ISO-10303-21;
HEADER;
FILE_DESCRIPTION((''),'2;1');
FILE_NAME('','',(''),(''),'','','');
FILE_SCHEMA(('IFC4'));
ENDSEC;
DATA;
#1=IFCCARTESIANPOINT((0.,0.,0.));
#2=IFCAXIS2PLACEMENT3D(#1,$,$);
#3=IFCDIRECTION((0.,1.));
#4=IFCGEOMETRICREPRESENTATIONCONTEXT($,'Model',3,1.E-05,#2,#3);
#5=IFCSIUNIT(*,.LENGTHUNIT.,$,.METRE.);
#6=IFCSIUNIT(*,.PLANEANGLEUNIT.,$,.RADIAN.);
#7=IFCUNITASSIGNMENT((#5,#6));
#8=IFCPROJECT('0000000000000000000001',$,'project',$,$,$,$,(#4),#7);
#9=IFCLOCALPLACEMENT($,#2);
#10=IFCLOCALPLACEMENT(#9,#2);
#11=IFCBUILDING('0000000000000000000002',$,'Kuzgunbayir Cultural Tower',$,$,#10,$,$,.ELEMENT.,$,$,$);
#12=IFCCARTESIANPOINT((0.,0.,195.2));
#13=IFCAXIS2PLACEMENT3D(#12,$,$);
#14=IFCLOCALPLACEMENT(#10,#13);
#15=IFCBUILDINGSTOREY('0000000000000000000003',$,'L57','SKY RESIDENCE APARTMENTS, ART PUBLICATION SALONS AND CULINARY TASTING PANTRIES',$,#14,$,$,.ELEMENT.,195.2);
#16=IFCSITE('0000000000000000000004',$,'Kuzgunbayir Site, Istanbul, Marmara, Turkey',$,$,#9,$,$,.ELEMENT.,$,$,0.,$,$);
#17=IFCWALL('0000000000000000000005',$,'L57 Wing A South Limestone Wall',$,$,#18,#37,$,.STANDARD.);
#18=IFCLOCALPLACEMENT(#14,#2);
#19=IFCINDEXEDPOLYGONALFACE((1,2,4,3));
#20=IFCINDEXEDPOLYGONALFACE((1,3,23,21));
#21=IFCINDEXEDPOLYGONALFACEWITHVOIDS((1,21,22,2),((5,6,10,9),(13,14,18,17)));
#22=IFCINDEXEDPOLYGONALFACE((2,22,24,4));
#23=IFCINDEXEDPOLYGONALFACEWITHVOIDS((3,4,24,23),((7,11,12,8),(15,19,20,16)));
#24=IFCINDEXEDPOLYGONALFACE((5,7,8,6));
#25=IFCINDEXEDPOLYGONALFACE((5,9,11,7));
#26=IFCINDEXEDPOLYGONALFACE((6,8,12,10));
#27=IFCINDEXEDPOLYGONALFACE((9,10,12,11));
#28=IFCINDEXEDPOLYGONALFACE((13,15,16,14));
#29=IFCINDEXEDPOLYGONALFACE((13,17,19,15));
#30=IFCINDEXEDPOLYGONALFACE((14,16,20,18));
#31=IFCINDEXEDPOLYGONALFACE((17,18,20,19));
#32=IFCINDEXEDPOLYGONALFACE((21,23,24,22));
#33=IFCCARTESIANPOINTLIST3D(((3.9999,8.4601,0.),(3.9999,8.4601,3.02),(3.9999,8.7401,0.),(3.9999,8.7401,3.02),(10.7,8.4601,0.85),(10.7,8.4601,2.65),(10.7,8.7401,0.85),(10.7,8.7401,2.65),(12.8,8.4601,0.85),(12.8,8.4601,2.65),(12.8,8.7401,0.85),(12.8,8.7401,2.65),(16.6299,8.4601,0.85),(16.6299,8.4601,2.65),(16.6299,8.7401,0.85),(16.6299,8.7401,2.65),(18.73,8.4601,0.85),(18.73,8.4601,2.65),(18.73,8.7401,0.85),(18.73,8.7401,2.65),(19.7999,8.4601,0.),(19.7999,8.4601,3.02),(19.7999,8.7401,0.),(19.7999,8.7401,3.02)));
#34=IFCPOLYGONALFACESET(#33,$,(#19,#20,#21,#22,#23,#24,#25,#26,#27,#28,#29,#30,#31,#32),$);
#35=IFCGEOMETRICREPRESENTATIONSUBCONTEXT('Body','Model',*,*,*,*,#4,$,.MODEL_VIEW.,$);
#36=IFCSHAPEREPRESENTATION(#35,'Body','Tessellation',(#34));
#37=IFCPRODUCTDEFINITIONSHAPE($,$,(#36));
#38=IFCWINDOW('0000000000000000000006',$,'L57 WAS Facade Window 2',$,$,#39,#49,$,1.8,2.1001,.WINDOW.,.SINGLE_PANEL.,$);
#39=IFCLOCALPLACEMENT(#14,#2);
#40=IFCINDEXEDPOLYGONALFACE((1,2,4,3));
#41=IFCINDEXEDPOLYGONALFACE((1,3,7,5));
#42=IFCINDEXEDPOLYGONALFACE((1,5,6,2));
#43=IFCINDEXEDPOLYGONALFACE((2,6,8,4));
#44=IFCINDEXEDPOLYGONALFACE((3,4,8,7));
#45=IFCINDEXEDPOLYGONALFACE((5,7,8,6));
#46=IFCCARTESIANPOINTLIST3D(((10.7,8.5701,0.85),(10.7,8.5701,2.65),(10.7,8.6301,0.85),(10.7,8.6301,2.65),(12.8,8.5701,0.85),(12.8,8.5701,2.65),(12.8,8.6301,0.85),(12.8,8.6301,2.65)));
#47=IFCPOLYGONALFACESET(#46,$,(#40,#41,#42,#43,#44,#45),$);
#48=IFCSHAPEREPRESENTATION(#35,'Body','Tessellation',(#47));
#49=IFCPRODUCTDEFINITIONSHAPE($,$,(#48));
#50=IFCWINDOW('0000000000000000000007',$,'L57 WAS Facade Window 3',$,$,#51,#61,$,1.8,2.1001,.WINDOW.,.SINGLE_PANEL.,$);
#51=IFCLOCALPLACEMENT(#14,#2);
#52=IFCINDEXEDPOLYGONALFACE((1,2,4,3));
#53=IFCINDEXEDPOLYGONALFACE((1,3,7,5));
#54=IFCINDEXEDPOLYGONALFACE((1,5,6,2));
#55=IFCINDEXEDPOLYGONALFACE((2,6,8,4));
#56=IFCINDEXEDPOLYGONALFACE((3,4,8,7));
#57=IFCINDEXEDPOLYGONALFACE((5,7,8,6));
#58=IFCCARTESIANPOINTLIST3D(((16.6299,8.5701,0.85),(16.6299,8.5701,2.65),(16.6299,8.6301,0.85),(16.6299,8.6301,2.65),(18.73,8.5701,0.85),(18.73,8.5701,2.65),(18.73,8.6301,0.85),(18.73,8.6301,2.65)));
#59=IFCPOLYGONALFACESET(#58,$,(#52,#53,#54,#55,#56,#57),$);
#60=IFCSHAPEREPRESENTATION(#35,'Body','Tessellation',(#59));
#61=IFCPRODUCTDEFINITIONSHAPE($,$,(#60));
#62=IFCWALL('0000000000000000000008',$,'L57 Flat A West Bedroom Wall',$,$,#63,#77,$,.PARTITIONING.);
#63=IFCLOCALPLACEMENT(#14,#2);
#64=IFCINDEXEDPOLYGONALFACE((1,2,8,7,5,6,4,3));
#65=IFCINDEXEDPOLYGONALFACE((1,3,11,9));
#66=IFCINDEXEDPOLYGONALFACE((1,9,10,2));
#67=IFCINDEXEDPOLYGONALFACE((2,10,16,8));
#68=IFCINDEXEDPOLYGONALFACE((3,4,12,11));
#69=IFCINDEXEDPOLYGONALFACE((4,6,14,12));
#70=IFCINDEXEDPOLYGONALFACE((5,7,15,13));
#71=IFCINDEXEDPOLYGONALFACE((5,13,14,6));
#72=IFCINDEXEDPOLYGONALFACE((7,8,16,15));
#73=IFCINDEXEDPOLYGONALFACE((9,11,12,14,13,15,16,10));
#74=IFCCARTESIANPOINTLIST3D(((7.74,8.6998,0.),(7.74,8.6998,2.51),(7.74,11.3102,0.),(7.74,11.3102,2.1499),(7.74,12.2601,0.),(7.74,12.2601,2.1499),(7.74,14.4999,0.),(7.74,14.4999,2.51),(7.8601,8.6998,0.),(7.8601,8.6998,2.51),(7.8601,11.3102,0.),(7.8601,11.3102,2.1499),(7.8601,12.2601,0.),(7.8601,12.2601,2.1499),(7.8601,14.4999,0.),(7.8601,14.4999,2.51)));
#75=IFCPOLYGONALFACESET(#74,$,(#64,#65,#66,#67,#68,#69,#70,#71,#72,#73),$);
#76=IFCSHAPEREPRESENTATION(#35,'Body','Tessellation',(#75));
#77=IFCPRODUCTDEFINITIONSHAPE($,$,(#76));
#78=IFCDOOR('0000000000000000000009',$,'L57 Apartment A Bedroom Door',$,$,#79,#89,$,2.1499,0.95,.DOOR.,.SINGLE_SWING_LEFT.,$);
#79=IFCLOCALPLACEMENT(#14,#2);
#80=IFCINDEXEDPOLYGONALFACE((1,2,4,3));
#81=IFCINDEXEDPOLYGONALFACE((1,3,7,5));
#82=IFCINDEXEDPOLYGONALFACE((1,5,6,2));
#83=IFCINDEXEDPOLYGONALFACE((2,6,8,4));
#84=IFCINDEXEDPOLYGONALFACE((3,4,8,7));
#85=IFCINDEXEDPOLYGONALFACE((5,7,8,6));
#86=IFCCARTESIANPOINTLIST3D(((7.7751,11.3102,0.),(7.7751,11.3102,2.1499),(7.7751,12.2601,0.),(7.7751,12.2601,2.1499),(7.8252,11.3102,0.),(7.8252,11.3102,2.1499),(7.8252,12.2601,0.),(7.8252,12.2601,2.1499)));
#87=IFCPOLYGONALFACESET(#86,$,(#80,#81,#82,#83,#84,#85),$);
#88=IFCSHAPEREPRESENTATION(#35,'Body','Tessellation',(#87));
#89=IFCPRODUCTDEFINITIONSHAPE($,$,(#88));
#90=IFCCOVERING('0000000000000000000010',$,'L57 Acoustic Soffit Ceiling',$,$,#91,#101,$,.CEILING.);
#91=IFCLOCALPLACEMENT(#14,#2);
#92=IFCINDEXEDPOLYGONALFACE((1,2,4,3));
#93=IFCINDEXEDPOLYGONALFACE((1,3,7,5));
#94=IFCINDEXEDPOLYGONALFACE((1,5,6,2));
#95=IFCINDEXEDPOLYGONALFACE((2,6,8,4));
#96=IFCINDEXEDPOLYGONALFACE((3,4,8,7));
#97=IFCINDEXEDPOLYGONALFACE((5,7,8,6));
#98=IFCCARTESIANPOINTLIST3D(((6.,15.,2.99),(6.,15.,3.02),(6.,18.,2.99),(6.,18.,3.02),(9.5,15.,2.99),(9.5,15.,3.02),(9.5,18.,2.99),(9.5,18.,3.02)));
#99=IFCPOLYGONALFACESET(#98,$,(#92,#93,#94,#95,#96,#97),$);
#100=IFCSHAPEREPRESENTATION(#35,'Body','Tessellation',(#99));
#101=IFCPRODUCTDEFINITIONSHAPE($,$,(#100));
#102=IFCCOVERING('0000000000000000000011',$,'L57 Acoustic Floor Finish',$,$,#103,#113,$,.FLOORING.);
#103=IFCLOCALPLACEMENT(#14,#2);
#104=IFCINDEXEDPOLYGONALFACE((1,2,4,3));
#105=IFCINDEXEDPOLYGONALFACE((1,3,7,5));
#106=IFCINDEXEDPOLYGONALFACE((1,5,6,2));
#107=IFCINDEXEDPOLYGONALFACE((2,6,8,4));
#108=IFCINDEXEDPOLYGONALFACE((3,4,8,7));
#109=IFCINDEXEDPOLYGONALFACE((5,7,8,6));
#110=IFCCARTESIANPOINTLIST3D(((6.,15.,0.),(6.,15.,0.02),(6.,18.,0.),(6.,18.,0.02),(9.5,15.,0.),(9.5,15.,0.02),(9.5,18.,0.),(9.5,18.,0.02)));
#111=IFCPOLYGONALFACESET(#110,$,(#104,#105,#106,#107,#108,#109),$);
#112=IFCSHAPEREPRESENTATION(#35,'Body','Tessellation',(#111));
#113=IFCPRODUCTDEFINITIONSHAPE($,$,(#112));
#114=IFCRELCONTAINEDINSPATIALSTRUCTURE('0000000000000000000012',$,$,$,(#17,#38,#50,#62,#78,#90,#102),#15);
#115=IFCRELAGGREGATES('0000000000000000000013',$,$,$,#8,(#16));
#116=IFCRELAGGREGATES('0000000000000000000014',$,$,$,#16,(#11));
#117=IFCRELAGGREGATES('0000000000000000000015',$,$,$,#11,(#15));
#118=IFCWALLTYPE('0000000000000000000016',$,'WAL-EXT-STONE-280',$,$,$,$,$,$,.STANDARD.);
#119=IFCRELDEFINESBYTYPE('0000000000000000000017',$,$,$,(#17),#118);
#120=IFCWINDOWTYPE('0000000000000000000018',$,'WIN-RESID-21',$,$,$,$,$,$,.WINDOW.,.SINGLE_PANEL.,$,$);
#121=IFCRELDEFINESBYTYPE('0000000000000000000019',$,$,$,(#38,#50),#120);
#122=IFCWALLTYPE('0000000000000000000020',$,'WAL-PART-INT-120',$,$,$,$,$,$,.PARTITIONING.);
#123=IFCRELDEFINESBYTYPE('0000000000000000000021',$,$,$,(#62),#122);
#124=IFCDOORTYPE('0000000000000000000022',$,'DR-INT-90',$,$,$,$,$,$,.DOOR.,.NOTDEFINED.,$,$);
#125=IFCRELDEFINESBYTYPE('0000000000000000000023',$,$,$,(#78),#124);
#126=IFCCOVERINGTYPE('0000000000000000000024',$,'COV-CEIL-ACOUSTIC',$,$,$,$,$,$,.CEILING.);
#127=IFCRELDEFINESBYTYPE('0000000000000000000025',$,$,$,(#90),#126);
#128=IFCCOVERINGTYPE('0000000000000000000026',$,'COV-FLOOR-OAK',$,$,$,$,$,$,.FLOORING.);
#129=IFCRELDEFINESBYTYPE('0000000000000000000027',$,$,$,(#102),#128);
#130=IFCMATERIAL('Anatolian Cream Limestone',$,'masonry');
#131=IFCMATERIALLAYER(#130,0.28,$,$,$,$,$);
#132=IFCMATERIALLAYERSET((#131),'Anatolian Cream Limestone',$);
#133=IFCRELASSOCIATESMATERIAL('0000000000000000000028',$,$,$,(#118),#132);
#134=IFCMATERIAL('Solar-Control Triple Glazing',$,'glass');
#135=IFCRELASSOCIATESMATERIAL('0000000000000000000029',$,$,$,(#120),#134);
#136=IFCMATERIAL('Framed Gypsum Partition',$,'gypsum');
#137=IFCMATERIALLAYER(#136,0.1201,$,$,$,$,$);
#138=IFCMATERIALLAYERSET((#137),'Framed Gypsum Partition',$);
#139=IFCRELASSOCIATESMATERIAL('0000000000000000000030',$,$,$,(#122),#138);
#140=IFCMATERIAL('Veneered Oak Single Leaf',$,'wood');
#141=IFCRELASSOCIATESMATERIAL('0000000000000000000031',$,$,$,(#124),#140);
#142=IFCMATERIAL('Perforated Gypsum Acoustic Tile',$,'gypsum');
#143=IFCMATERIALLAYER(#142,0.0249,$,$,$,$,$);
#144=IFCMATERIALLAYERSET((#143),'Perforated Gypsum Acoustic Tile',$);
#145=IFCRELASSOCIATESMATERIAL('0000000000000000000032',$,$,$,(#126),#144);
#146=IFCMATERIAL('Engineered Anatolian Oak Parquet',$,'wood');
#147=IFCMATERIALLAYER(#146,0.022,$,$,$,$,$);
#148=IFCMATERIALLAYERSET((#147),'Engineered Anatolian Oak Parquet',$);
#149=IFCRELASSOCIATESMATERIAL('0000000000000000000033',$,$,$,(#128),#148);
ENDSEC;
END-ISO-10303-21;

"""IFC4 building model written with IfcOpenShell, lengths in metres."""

from ifc_helpers import new_model, si_unit, direction, frame, frame_2d, origin, place, context, subcontext, project, spatial, polyline, rectangle, outline, extrude, material, layer, layer_set, type_object, element, fill, save


model = new_model("IFC4")

# Units and contexts
model_context = context("Model", 3, precision=1e-05, world=origin(), true_north=direction((0.0, 1.0)))
body_context = subcontext(model_context, "Body", "Model", "MODEL_VIEW")
ifc_project = project(units=[si_unit("LENGTHUNIT", "METRE"), si_unit("PLANEANGLEUNIT", "RADIAN")], contexts=[model_context])

# Site, building, storey
site_placement = place(None, origin())
site = spatial("IfcSite", under=ifc_project, at=site_placement, Name="Kuzgunbayir Site, Istanbul, Marmara, Turkey", CompositionType="ELEMENT", RefElevation=0.0)
building_placement = place(site_placement, origin())
building = spatial("IfcBuilding", under=site, at=building_placement, Name="Kuzgunbayir Cultural Tower", CompositionType="ELEMENT")
storey_placement = place(building_placement, frame((0.0, 0.0, 195.2)))
storey = spatial("IfcBuildingStorey", under=building, at=storey_placement, Name="L57", Description="SKY RESIDENCE APARTMENTS, ART PUBLICATION SALONS AND CULINARY TASTING PANTRIES", CompositionType="ELEMENT", Elevation=195.2)

# Wall, openings, windows
ifc_material_1 = material(Name="Anatolian Cream Limestone", Category="masonry")
ifc_layer_1 = layer(ifc_material_1, 0.28)
ifc_layer_set_1 = layer_set([ifc_layer_1], Name="Anatolian Cream Limestone")
wall_type_1 = type_object("IfcWallType", Name="WAL-EXT-STONE-280", PredefinedType="STANDARD", material=ifc_layer_set_1)
wall_1_placement = place(storey_placement, frame((4.0, 8.6001, 0.0), z_axis=(0.0, 0.0, 1.0), x_axis=(1.0, 0.0, 0.0)))
wall_1 = element("IfcWall", 1, at=wall_1_placement, inside=storey, type_object=wall_type_1, Name="L57 Wing A South Limestone Wall", PredefinedType="STANDARD", context=body_context, shape_type="SweptSolid", body=[
    extrude(rectangle(XDim=15.8, YDim=0.28, at=frame_2d((7.8999, 0.0))), origin(), (0.0, 0.0, 1.0), 3.02),
])
opening_1_placement = place(wall_1_placement, frame((6.7, 0.0, 0.8501)))
opening_1 = element("IfcOpeningElement", 2, at=opening_1_placement, cuts=wall_1, PredefinedType="OPENING", context=body_context, shape_type="SweptSolid", body=[
    extrude(rectangle(XDim=2.1001, YDim=1.8, at=frame_2d((1.05, 0.8999))), frame((0.0, 0.1499, 0.0), z_axis=(0.0, -1.0, 0.0), x_axis=(1.0, 0.0, 0.0)), (0.0, 0.0, 1.0), 0.3),
])
opening_2_placement = place(wall_1_placement, frame((12.6299, 0.0, 0.8501)))
opening_2 = element("IfcOpeningElement", 3, at=opening_2_placement, cuts=wall_1, PredefinedType="OPENING", context=body_context, shape_type="SweptSolid", body=[
    extrude(rectangle(XDim=2.1001, YDim=1.8, at=frame_2d((1.05, 0.8999))), frame((0.0, 0.1499, 0.0), z_axis=(0.0, -1.0, 0.0), x_axis=(1.0, 0.0, 0.0)), (0.0, 0.0, 1.0), 0.3),
])
ifc_material_2 = material(Name="Solar-Control Triple Glazing", Category="glass")
window_type = type_object("IfcWindowType", Name="WIN-RESID-21", PartitioningType="SINGLE_PANEL", PredefinedType="WINDOW", material=ifc_material_2)
window_1_placement = place(opening_1_placement, origin())
window_1 = element("IfcWindow", 4, at=window_1_placement, inside=storey, type_object=window_type, Name="L57 WAS Facade Window 2", OverallHeight=1.8, OverallWidth=2.1001, PartitioningType="SINGLE_PANEL", PredefinedType="WINDOW", context=body_context, shape_type="SweptSolid", body=[
    extrude(rectangle(XDim=2.1001, YDim=1.8, at=frame_2d((1.05, 0.8999))), frame((0.0, 0.03, 0.0), z_axis=(0.0, -1.0, 0.0), x_axis=(1.0, 0.0, 0.0)), (0.0, 0.0, 1.0), 0.0601),
])
fill(opening_1, window_1)
window_2_placement = place(opening_2_placement, origin())
window_2 = element("IfcWindow", 5, at=window_2_placement, inside=storey, type_object=window_type, Name="L57 WAS Facade Window 3", OverallHeight=1.8, OverallWidth=2.1001, PartitioningType="SINGLE_PANEL", PredefinedType="WINDOW", context=body_context, shape_type="SweptSolid", body=[
    extrude(rectangle(XDim=2.1001, YDim=1.8, at=frame_2d((1.05, 0.8999))), frame((0.0, 0.03, 0.0), z_axis=(0.0, -1.0, 0.0), x_axis=(1.0, 0.0, 0.0)), (0.0, 0.0, 1.0), 0.0601),
])
fill(opening_2, window_2)

# Wall, opening, door
ifc_material_3 = material(Name="Framed Gypsum Partition", Category="gypsum")
ifc_layer_2 = layer(ifc_material_3, 0.1201)
ifc_layer_set_2 = layer_set([ifc_layer_2], Name="Framed Gypsum Partition")
wall_type_2 = type_object("IfcWallType", Name="WAL-PART-INT-120", PredefinedType="PARTITIONING", material=ifc_layer_set_2)
wall_2_placement = place(storey_placement, frame((7.8, 8.7, 0.0), z_axis=(0.0, 0.0, 1.0), x_axis=(0.0, 1.0, 0.0)))
wall_2 = element("IfcWall", 6, at=wall_2_placement, inside=storey, type_object=wall_type_2, Name="L57 Flat A West Bedroom Wall", PredefinedType="PARTITIONING", context=body_context, shape_type="SweptSolid", body=[
    extrude(rectangle(XDim=5.8, YDim=0.1201, at=frame_2d((2.8999, 0.0))), origin(), (0.0, 0.0, 1.0), 2.51),
])
opening_3_placement = place(wall_2_placement, frame((2.6101, 0.0, 0.0)))
opening_3 = element("IfcOpeningElement", 7, at=opening_3_placement, cuts=wall_2, PredefinedType="OPENING", context=body_context, shape_type="SweptSolid", body=[
    extrude(rectangle(XDim=0.95, YDim=2.1499, at=frame_2d((0.4751, 1.075))), frame((0.0, 0.0701, 0.0), z_axis=(0.0, -1.0, 0.0), x_axis=(1.0, 0.0, 0.0)), (0.0, 0.0, 1.0), 0.1401),
])
ifc_material_4 = material(Name="Veneered Oak Single Leaf", Category="wood")
door_type = type_object("IfcDoorType", Name="DR-INT-90", OperationType="NOTDEFINED", PredefinedType="DOOR", material=ifc_material_4)
door_placement = place(opening_3_placement, origin())
door = element("IfcDoor", 8, at=door_placement, inside=storey, type_object=door_type, Name="L57 Apartment A Bedroom Door", OperationType="SINGLE_SWING_LEFT", OverallHeight=2.1499, OverallWidth=0.95, PredefinedType="DOOR", context=body_context, shape_type="SweptSolid", body=[
    extrude(rectangle(XDim=0.95, YDim=2.1499, at=frame_2d((0.4751, 1.075))), frame((0.0, 0.0249, 0.0), z_axis=(0.0, -1.0, 0.0), x_axis=(1.0, 0.0, 0.0)), (0.0, 0.0, 1.0), 0.05),
])
fill(opening_3, door)

# Coverings
ifc_material_5 = material(Name="Perforated Gypsum Acoustic Tile", Category="gypsum")
ifc_layer_3 = layer(ifc_material_5, 0.0249)
ifc_layer_set_3 = layer_set([ifc_layer_3], Name="Perforated Gypsum Acoustic Tile")
covering_type_1 = type_object("IfcCoveringType", Name="COV-CEIL-ACOUSTIC", PredefinedType="CEILING", material=ifc_layer_set_3)
covering_1_placement = place(storey_placement, frame((0.0, 0.0, 2.99)))
element("IfcCovering", 9, at=covering_1_placement, inside=storey, type_object=covering_type_1, Name="L57 Acoustic Soffit Ceiling", PredefinedType="CEILING", context=body_context, shape_type="SweptSolid", body=[
    extrude(outline(polyline([(6.0, 15.0), (9.5, 15.0), (9.5, 18.0), (6.0, 18.0), (6.0, 15.0)])), origin(), (0.0, 0.0, 1.0), 0.03),
])
ifc_material_6 = material(Name="Engineered Anatolian Oak Parquet", Category="wood")
ifc_layer_4 = layer(ifc_material_6, 0.022)
ifc_layer_set_4 = layer_set([ifc_layer_4], Name="Engineered Anatolian Oak Parquet")
covering_type_2 = type_object("IfcCoveringType", Name="COV-FLOOR-OAK", PredefinedType="FLOORING", material=ifc_layer_set_4)
covering_2_placement = place(storey_placement, origin())
element("IfcCovering", 10, at=covering_2_placement, inside=storey, type_object=covering_type_2, Name="L57 Acoustic Floor Finish", PredefinedType="FLOORING", context=body_context, shape_type="SweptSolid", body=[
    extrude(outline(polyline([(6.0, 15.0), (9.5, 15.0), (9.5, 18.0), (6.0, 18.0), (6.0, 15.0)])), origin(), (0.0, 0.0, 1.0), 0.02),
])

save(model, "model.ifc")
